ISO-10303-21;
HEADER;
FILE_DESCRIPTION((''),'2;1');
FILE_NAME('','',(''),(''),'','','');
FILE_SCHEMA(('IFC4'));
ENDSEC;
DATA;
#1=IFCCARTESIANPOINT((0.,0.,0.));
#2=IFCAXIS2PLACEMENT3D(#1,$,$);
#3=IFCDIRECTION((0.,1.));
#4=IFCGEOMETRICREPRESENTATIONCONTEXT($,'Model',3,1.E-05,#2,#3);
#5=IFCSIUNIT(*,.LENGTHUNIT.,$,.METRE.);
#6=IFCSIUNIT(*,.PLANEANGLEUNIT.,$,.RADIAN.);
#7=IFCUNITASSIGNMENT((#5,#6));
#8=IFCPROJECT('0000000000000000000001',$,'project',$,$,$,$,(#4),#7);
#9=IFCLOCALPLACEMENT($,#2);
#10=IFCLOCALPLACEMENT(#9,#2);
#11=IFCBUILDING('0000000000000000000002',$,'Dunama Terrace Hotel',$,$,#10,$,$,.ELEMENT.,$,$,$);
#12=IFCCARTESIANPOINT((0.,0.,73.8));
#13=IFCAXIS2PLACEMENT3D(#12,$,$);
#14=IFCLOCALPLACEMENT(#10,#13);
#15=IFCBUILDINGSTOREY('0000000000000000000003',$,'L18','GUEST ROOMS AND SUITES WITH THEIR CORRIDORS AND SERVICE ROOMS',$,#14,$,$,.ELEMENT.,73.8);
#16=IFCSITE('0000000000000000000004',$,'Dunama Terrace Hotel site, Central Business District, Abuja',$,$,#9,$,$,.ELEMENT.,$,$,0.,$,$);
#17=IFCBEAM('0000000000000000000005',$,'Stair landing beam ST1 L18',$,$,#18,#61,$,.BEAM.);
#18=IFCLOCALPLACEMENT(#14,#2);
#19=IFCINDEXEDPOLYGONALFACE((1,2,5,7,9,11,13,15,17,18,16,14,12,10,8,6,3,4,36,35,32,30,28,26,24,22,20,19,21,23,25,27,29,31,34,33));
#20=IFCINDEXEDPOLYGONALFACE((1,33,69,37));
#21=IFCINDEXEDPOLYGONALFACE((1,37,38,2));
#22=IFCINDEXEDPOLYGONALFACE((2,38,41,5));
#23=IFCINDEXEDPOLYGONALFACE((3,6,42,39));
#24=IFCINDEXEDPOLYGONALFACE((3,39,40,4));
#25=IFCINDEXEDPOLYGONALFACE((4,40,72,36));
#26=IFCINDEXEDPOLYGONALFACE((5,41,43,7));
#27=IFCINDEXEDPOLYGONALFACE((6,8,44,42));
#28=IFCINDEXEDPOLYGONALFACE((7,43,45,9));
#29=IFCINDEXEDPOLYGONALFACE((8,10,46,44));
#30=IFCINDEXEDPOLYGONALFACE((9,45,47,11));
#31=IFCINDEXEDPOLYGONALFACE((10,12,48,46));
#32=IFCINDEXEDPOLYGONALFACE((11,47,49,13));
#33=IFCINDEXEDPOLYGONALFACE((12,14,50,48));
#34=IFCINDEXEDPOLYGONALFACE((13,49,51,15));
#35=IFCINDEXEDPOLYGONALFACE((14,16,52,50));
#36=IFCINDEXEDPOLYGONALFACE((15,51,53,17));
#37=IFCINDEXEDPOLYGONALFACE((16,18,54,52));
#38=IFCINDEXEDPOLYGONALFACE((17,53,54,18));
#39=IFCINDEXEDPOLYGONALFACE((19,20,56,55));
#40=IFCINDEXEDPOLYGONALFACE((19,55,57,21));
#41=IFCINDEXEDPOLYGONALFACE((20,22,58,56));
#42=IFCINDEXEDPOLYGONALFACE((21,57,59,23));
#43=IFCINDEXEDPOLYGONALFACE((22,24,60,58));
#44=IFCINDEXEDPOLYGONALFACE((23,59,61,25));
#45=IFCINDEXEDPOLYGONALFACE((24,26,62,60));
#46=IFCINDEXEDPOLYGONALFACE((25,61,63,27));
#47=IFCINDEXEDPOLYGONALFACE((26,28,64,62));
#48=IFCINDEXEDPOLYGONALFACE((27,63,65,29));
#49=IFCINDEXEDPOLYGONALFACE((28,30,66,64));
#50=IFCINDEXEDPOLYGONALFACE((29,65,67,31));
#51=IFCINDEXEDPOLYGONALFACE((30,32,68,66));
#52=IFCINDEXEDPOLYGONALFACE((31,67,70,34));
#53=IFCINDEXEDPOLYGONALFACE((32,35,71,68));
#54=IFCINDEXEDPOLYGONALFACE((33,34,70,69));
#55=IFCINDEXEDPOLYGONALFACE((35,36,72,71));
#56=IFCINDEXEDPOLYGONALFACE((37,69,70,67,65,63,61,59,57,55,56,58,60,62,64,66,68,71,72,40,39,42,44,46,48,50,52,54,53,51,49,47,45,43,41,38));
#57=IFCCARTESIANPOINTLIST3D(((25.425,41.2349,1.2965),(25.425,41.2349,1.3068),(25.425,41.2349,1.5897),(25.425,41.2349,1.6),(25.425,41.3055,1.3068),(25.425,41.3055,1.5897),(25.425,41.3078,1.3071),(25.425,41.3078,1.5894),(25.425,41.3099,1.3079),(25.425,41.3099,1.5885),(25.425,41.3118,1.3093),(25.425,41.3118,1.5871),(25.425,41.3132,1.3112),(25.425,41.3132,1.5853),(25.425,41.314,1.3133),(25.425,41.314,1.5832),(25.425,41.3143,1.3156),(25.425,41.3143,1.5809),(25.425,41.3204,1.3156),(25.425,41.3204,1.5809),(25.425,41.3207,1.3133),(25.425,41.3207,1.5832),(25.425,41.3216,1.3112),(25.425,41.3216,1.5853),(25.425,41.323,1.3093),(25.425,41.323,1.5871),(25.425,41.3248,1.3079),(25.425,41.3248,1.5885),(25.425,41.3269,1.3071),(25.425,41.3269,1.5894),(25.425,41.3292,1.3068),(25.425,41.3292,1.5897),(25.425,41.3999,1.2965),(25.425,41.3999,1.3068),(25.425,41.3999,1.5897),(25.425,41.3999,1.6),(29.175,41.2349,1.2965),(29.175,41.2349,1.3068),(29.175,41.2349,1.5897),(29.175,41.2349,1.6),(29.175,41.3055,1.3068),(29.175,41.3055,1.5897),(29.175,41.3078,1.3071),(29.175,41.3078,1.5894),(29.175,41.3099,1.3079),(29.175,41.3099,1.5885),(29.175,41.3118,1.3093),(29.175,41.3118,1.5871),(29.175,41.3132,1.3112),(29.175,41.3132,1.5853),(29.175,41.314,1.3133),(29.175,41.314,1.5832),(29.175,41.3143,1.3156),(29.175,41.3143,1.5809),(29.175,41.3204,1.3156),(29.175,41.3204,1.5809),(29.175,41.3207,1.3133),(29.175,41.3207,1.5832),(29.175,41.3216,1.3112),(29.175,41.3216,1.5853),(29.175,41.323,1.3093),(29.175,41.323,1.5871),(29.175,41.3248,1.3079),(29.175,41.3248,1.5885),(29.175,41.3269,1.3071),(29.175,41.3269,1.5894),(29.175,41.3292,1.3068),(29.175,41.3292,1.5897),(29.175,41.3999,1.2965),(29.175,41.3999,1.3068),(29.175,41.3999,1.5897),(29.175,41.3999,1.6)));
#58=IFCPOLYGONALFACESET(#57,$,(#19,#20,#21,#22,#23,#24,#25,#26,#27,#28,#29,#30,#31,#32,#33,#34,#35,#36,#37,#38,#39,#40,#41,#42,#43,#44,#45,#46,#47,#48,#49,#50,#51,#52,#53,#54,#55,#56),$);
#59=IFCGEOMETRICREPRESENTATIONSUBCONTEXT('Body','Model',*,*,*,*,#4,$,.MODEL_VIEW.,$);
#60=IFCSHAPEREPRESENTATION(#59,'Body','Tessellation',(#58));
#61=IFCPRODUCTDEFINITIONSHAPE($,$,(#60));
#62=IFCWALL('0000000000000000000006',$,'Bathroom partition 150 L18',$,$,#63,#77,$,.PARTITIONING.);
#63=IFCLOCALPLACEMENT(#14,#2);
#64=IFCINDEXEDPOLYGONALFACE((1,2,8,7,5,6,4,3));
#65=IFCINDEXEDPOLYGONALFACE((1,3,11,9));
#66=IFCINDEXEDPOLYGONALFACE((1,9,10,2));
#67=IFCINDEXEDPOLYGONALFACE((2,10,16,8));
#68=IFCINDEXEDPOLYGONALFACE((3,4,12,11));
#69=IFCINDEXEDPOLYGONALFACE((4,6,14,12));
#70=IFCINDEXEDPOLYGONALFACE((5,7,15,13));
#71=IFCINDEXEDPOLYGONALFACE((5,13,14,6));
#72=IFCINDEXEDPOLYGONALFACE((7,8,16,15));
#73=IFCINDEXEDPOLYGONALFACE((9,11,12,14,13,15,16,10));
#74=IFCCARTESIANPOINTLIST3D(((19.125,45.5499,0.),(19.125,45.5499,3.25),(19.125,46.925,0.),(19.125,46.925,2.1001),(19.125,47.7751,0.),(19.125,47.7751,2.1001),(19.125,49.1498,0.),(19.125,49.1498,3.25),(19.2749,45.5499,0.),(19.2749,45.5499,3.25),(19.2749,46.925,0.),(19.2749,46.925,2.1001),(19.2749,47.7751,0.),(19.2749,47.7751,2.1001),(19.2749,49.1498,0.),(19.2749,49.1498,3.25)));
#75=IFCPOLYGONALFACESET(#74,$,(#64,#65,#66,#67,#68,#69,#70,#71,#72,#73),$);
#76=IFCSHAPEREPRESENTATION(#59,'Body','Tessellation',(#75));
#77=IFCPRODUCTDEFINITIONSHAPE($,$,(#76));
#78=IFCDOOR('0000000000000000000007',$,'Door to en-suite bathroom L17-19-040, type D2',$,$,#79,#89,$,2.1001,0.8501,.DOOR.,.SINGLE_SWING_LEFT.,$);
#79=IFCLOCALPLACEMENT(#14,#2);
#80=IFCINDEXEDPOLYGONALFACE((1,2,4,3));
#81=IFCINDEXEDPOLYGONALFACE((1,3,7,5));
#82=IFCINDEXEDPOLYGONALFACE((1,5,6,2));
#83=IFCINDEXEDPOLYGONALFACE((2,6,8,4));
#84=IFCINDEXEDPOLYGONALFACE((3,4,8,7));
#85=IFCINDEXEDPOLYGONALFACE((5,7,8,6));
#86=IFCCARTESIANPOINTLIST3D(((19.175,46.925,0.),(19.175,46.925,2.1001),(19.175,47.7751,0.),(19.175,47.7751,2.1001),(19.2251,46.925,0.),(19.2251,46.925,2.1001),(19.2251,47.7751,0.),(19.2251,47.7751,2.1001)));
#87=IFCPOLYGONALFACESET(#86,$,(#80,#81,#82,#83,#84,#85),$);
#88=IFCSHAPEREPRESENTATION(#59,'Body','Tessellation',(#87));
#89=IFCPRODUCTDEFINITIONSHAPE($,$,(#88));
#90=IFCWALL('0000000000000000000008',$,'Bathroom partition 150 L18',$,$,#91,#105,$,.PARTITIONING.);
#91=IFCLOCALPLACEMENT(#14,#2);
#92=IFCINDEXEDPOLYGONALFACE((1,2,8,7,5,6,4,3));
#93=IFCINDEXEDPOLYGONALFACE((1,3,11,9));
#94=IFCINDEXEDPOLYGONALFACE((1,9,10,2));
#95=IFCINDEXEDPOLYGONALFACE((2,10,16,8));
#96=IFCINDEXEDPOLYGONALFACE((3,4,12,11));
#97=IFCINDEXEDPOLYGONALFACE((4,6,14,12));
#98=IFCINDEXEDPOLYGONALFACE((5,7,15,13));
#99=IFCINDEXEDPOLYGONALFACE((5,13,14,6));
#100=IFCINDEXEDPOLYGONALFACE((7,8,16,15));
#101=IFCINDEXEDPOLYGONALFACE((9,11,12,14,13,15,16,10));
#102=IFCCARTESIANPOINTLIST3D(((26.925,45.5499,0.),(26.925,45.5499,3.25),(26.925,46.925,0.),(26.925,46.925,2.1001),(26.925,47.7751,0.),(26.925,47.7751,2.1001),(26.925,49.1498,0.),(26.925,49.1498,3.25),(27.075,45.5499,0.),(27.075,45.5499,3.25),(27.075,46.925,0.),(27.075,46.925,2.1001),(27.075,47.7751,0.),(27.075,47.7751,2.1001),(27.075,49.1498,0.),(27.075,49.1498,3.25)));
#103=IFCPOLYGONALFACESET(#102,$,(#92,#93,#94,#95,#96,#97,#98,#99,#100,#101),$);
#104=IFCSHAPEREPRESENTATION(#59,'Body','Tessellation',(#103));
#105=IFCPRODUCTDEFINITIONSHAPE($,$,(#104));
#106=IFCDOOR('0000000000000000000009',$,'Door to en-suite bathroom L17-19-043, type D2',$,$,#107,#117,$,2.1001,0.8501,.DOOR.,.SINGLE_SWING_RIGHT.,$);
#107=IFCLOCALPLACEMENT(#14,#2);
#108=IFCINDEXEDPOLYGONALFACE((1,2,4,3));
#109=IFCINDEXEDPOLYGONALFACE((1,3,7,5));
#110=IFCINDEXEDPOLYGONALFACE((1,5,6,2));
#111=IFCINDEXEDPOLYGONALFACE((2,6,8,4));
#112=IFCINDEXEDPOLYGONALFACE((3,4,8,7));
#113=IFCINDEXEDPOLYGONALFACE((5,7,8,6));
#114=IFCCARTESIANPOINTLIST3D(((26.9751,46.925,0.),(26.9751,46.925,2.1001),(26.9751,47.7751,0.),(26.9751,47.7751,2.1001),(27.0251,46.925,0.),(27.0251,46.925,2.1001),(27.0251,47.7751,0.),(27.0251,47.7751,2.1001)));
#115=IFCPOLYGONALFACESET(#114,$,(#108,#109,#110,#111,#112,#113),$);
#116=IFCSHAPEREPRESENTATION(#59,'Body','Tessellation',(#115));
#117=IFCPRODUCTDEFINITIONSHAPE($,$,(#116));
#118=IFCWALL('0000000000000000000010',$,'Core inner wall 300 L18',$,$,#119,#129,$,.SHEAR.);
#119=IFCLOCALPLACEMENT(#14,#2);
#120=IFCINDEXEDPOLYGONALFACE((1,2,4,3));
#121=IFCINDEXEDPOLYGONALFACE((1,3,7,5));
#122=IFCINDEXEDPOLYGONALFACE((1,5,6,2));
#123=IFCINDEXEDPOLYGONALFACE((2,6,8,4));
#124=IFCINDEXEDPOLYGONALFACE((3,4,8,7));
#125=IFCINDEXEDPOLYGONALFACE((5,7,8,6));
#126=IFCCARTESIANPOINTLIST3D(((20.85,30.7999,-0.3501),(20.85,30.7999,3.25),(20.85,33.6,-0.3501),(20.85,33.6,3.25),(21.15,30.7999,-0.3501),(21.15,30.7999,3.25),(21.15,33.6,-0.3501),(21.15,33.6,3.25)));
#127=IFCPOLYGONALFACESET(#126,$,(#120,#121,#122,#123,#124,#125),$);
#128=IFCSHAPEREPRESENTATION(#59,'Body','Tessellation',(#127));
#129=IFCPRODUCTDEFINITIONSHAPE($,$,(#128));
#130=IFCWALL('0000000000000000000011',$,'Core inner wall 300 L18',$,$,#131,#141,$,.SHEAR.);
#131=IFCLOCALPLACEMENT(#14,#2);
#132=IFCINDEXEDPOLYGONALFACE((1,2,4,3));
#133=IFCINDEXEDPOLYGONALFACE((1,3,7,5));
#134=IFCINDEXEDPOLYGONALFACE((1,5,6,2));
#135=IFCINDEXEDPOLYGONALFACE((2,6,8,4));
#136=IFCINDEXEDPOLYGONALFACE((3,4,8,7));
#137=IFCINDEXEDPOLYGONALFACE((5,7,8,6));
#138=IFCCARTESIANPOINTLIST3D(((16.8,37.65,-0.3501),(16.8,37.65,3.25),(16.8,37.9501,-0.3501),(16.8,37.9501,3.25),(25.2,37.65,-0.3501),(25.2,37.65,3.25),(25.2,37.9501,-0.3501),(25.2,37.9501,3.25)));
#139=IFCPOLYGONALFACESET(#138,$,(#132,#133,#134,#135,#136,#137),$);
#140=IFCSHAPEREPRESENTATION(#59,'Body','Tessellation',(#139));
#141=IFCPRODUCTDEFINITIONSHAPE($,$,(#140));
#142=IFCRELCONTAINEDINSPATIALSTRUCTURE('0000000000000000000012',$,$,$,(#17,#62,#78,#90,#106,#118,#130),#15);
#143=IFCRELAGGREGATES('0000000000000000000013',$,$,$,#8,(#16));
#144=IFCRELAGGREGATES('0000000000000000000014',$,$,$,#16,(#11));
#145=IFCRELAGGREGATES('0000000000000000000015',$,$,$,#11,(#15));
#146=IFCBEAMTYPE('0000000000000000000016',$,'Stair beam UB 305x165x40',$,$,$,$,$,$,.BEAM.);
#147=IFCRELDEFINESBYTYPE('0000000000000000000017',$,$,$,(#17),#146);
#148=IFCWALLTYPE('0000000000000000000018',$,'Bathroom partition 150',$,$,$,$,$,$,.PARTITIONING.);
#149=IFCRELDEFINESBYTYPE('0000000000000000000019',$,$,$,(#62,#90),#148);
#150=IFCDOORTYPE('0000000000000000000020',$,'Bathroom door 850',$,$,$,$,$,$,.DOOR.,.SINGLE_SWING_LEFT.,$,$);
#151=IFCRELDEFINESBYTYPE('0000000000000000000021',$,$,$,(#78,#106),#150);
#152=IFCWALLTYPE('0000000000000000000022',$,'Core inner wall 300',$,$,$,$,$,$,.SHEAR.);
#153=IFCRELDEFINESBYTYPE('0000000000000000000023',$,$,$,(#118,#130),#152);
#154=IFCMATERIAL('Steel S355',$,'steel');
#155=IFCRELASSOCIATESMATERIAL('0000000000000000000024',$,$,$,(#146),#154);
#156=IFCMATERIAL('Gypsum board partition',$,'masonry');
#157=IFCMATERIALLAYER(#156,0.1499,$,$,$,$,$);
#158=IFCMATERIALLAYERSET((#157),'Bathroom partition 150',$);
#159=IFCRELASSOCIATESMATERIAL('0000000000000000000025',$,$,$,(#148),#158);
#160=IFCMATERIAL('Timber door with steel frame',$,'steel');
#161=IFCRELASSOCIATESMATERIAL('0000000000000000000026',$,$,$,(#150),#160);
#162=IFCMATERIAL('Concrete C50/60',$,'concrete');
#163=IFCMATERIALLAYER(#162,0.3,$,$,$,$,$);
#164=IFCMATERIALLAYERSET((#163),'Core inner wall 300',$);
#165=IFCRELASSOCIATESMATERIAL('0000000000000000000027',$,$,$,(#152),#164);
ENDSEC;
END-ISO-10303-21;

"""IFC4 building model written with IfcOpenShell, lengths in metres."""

from ifc_helpers import new_model, si_unit, direction, frame, frame_2d, origin, origin_2d, place, context, subcontext, project, spatial, rectangle, i_section, extrude, material, layer, layer_set, material_profile, profile_set, type_object, element, fill, save


model = new_model("IFC4")

# Units and contexts
model_context = context("Model", 3, precision=1e-05, world=origin(), true_north=direction((0.0, 1.0)))
body_context = subcontext(model_context, "Body", "Model", "MODEL_VIEW")
ifc_project = project(units=[si_unit("LENGTHUNIT", "METRE"), si_unit("PLANEANGLEUNIT", "RADIAN")], contexts=[model_context])

# Site, building, storey
site_placement = place(None, origin())
site = spatial("IfcSite", under=ifc_project, at=site_placement, Name="Dunama Terrace Hotel site, Central Business District, Abuja", CompositionType="ELEMENT", RefElevation=0.0)
building_placement = place(site_placement, origin())
building = spatial("IfcBuilding", under=site, at=building_placement, Name="Dunama Terrace Hotel", CompositionType="ELEMENT")
storey_placement = place(building_placement, frame((0.0, 0.0, 73.8)))
storey = spatial("IfcBuildingStorey", under=building, at=storey_placement, Name="L18", Description="GUEST ROOMS AND SUITES WITH THEIR CORRIDORS AND SERVICE ROOMS", CompositionType="ELEMENT", Elevation=73.8)

# Beam
ifc_material_1 = material(Name="Steel S355", Category="steel")
ifc_material_profile = material_profile(ifc_material_1, i_section(OverallWidth=0.165, OverallDepth=0.3035, WebThickness=0.0061, FlangeThickness=0.0103, FilletRadius=0.0088, at=origin_2d()), Name="UB 305x165x40")
ifc_profile_set = profile_set([ifc_material_profile], Name="Steel S355")
beam_type = type_object("IfcBeamType", Name="Stair beam UB 305x165x40", PredefinedType="BEAM", material=ifc_profile_set)
beam_placement = place(storey_placement, frame((25.425, 41.3174, 1.4482), z_axis=(1.0, 0.0, 0.0), x_axis=(0.0, 1.0, 0.0)))
element("IfcBeam", 1, at=beam_placement, inside=storey, type_object=beam_type, Name="Stair landing beam ST1 L18", PredefinedType="BEAM", context=body_context, shape_type="SweptSolid", body=[
    extrude(i_section(OverallWidth=0.165, OverallDepth=0.3035, WebThickness=0.0061, FlangeThickness=0.0103, FilletRadius=0.0088, at=origin_2d()), origin(), (0.0, 0.0, 1.0), 3.75),
])

# Walls, openings, doors
ifc_material_2 = material(Name="Gypsum board partition", Category="masonry")
ifc_layer_1 = layer(ifc_material_2, 0.1499)
ifc_layer_set_1 = layer_set([ifc_layer_1], Name="Bathroom partition 150")
wall_type_1 = type_object("IfcWallType", Name="Bathroom partition 150", PredefinedType="PARTITIONING", material=ifc_layer_set_1)
wall_1_placement = place(storey_placement, frame((19.2, 45.55, 0.0), z_axis=(0.0, 0.0, 1.0), x_axis=(0.0, 1.0, 0.0)))
wall_1 = element("IfcWall", 2, at=wall_1_placement, inside=storey, type_object=wall_type_1, Name="Bathroom partition 150 L18", PredefinedType="PARTITIONING", context=body_context, shape_type="SweptSolid", body=[
    extrude(rectangle(XDim=3.5999, YDim=0.1499, at=frame_2d((1.7998, 0.0))), origin(), (0.0, 0.0, 1.0), 3.25),
])
opening_1_placement = place(wall_1_placement, frame((1.375, 0.0, 0.0)))
opening_1 = element("IfcOpeningElement", 3, at=opening_1_placement, cuts=wall_1, PredefinedType="OPENING", context=body_context, shape_type="SweptSolid", body=[
    extrude(rectangle(XDim=0.8501, YDim=2.1001, at=frame_2d((0.425, 1.05))), frame((0.0, 0.085, 0.0), z_axis=(0.0, -1.0, 0.0), x_axis=(1.0, 0.0, 0.0)), (0.0, 0.0, 1.0), 0.1699),
])
ifc_material_3 = material(Name="Timber door with steel frame", Category="steel")
door_type_1 = type_object("IfcDoorType", Name="Bathroom door 850", OperationType="SINGLE_SWING_LEFT", PredefinedType="DOOR", material=ifc_material_3)
door_1_placement = place(opening_1_placement, origin())
door_1 = element("IfcDoor", 4, at=door_1_placement, inside=storey, type_object=door_type_1, Name="Door to en-suite bathroom L17-19-040, type D2", OperationType="SINGLE_SWING_LEFT", OverallHeight=2.1001, OverallWidth=0.8501, PredefinedType="DOOR", context=body_context, shape_type="SweptSolid", body=[
    extrude(rectangle(XDim=0.8501, YDim=2.1001, at=frame_2d((0.425, 1.05))), frame((0.0, 0.0249, 0.0), z_axis=(0.0, -1.0, 0.0), x_axis=(1.0, 0.0, 0.0)), (0.0, 0.0, 1.0), 0.05),
])
fill(opening_1, door_1)
wall_2_placement = place(storey_placement, frame((27.0, 45.55, 0.0), z_axis=(0.0, 0.0, 1.0), x_axis=(0.0, 1.0, 0.0)))
wall_2 = element("IfcWall", 5, at=wall_2_placement, inside=storey, type_object=wall_type_1, Name="Bathroom partition 150 L18", PredefinedType="PARTITIONING", context=body_context, shape_type="SweptSolid", body=[
    extrude(rectangle(XDim=3.5999, YDim=0.1499, at=frame_2d((1.7998, 0.0))), origin(), (0.0, 0.0, 1.0), 3.25),
])
opening_2_placement = place(wall_2_placement, frame((1.375, 0.0, 0.0)))
opening_2 = element("IfcOpeningElement", 6, at=opening_2_placement, cuts=wall_2, PredefinedType="OPENING", context=body_context, shape_type="SweptSolid", body=[
    extrude(rectangle(XDim=0.8501, YDim=2.1001, at=frame_2d((0.425, 1.05))), frame((0.0, 0.085, 0.0), z_axis=(0.0, -1.0, 0.0), x_axis=(1.0, 0.0, 0.0)), (0.0, 0.0, 1.0), 0.1699),
])
door_2_placement = place(opening_2_placement, frame((0.8501, 0.0, 0.0), z_axis=(0.0, 0.0, 1.0), x_axis=(-1.0, 0.0, 0.0)))
door_2 = element("IfcDoor", 7, at=door_2_placement, inside=storey, type_object=door_type_1, Name="Door to en-suite bathroom L17-19-043, type D2", OperationType="SINGLE_SWING_RIGHT", OverallHeight=2.1001, OverallWidth=0.8501, PredefinedType="DOOR", context=body_context, shape_type="SweptSolid", body=[
    extrude(rectangle(XDim=0.8501, YDim=2.1001, at=frame_2d((0.425, 1.05))), frame((0.0, 0.0251, 0.0), z_axis=(0.0, -1.0, 0.0), x_axis=(1.0, 0.0, 0.0)), (0.0, 0.0, 1.0), 0.05),
])
fill(opening_2, door_2)

# Walls
ifc_material_4 = material(Name="Concrete C50/60", Category="concrete")
ifc_layer_2 = layer(ifc_material_4, 0.3)
ifc_layer_set_2 = layer_set([ifc_layer_2], Name="Core inner wall 300")
wall_type_2 = type_object("IfcWallType", Name="Core inner wall 300", PredefinedType="SHEAR", material=ifc_layer_set_2)
wall_3_placement = place(storey_placement, frame((21.0, 30.8, -0.3501), z_axis=(0.0, 0.0, 1.0), x_axis=(0.0, 1.0, 0.0)))
element("IfcWall", 8, at=wall_3_placement, inside=storey, type_object=wall_type_2, Name="Core inner wall 300 L18", PredefinedType="SHEAR", context=body_context, shape_type="SweptSolid", body=[
    extrude(rectangle(XDim=2.8, YDim=0.3, at=frame_2d((1.3999, 0.0))), origin(), (0.0, 0.0, 1.0), 3.6001),
])
wall_4_placement = place(storey_placement, frame((16.8, 37.8, -0.3501), z_axis=(0.0, 0.0, 1.0), x_axis=(1.0, 0.0, 0.0)))
element("IfcWall", 9, at=wall_4_placement, inside=storey, type_object=wall_type_2, Name="Core inner wall 300 L18", PredefinedType="SHEAR", context=body_context, shape_type="SweptSolid", body=[
    extrude(rectangle(XDim=8.3999, YDim=0.3, at=frame_2d((4.2, 0.0))), origin(), (0.0, 0.0, 1.0), 3.6001),
])

save(model, "model.ifc")
